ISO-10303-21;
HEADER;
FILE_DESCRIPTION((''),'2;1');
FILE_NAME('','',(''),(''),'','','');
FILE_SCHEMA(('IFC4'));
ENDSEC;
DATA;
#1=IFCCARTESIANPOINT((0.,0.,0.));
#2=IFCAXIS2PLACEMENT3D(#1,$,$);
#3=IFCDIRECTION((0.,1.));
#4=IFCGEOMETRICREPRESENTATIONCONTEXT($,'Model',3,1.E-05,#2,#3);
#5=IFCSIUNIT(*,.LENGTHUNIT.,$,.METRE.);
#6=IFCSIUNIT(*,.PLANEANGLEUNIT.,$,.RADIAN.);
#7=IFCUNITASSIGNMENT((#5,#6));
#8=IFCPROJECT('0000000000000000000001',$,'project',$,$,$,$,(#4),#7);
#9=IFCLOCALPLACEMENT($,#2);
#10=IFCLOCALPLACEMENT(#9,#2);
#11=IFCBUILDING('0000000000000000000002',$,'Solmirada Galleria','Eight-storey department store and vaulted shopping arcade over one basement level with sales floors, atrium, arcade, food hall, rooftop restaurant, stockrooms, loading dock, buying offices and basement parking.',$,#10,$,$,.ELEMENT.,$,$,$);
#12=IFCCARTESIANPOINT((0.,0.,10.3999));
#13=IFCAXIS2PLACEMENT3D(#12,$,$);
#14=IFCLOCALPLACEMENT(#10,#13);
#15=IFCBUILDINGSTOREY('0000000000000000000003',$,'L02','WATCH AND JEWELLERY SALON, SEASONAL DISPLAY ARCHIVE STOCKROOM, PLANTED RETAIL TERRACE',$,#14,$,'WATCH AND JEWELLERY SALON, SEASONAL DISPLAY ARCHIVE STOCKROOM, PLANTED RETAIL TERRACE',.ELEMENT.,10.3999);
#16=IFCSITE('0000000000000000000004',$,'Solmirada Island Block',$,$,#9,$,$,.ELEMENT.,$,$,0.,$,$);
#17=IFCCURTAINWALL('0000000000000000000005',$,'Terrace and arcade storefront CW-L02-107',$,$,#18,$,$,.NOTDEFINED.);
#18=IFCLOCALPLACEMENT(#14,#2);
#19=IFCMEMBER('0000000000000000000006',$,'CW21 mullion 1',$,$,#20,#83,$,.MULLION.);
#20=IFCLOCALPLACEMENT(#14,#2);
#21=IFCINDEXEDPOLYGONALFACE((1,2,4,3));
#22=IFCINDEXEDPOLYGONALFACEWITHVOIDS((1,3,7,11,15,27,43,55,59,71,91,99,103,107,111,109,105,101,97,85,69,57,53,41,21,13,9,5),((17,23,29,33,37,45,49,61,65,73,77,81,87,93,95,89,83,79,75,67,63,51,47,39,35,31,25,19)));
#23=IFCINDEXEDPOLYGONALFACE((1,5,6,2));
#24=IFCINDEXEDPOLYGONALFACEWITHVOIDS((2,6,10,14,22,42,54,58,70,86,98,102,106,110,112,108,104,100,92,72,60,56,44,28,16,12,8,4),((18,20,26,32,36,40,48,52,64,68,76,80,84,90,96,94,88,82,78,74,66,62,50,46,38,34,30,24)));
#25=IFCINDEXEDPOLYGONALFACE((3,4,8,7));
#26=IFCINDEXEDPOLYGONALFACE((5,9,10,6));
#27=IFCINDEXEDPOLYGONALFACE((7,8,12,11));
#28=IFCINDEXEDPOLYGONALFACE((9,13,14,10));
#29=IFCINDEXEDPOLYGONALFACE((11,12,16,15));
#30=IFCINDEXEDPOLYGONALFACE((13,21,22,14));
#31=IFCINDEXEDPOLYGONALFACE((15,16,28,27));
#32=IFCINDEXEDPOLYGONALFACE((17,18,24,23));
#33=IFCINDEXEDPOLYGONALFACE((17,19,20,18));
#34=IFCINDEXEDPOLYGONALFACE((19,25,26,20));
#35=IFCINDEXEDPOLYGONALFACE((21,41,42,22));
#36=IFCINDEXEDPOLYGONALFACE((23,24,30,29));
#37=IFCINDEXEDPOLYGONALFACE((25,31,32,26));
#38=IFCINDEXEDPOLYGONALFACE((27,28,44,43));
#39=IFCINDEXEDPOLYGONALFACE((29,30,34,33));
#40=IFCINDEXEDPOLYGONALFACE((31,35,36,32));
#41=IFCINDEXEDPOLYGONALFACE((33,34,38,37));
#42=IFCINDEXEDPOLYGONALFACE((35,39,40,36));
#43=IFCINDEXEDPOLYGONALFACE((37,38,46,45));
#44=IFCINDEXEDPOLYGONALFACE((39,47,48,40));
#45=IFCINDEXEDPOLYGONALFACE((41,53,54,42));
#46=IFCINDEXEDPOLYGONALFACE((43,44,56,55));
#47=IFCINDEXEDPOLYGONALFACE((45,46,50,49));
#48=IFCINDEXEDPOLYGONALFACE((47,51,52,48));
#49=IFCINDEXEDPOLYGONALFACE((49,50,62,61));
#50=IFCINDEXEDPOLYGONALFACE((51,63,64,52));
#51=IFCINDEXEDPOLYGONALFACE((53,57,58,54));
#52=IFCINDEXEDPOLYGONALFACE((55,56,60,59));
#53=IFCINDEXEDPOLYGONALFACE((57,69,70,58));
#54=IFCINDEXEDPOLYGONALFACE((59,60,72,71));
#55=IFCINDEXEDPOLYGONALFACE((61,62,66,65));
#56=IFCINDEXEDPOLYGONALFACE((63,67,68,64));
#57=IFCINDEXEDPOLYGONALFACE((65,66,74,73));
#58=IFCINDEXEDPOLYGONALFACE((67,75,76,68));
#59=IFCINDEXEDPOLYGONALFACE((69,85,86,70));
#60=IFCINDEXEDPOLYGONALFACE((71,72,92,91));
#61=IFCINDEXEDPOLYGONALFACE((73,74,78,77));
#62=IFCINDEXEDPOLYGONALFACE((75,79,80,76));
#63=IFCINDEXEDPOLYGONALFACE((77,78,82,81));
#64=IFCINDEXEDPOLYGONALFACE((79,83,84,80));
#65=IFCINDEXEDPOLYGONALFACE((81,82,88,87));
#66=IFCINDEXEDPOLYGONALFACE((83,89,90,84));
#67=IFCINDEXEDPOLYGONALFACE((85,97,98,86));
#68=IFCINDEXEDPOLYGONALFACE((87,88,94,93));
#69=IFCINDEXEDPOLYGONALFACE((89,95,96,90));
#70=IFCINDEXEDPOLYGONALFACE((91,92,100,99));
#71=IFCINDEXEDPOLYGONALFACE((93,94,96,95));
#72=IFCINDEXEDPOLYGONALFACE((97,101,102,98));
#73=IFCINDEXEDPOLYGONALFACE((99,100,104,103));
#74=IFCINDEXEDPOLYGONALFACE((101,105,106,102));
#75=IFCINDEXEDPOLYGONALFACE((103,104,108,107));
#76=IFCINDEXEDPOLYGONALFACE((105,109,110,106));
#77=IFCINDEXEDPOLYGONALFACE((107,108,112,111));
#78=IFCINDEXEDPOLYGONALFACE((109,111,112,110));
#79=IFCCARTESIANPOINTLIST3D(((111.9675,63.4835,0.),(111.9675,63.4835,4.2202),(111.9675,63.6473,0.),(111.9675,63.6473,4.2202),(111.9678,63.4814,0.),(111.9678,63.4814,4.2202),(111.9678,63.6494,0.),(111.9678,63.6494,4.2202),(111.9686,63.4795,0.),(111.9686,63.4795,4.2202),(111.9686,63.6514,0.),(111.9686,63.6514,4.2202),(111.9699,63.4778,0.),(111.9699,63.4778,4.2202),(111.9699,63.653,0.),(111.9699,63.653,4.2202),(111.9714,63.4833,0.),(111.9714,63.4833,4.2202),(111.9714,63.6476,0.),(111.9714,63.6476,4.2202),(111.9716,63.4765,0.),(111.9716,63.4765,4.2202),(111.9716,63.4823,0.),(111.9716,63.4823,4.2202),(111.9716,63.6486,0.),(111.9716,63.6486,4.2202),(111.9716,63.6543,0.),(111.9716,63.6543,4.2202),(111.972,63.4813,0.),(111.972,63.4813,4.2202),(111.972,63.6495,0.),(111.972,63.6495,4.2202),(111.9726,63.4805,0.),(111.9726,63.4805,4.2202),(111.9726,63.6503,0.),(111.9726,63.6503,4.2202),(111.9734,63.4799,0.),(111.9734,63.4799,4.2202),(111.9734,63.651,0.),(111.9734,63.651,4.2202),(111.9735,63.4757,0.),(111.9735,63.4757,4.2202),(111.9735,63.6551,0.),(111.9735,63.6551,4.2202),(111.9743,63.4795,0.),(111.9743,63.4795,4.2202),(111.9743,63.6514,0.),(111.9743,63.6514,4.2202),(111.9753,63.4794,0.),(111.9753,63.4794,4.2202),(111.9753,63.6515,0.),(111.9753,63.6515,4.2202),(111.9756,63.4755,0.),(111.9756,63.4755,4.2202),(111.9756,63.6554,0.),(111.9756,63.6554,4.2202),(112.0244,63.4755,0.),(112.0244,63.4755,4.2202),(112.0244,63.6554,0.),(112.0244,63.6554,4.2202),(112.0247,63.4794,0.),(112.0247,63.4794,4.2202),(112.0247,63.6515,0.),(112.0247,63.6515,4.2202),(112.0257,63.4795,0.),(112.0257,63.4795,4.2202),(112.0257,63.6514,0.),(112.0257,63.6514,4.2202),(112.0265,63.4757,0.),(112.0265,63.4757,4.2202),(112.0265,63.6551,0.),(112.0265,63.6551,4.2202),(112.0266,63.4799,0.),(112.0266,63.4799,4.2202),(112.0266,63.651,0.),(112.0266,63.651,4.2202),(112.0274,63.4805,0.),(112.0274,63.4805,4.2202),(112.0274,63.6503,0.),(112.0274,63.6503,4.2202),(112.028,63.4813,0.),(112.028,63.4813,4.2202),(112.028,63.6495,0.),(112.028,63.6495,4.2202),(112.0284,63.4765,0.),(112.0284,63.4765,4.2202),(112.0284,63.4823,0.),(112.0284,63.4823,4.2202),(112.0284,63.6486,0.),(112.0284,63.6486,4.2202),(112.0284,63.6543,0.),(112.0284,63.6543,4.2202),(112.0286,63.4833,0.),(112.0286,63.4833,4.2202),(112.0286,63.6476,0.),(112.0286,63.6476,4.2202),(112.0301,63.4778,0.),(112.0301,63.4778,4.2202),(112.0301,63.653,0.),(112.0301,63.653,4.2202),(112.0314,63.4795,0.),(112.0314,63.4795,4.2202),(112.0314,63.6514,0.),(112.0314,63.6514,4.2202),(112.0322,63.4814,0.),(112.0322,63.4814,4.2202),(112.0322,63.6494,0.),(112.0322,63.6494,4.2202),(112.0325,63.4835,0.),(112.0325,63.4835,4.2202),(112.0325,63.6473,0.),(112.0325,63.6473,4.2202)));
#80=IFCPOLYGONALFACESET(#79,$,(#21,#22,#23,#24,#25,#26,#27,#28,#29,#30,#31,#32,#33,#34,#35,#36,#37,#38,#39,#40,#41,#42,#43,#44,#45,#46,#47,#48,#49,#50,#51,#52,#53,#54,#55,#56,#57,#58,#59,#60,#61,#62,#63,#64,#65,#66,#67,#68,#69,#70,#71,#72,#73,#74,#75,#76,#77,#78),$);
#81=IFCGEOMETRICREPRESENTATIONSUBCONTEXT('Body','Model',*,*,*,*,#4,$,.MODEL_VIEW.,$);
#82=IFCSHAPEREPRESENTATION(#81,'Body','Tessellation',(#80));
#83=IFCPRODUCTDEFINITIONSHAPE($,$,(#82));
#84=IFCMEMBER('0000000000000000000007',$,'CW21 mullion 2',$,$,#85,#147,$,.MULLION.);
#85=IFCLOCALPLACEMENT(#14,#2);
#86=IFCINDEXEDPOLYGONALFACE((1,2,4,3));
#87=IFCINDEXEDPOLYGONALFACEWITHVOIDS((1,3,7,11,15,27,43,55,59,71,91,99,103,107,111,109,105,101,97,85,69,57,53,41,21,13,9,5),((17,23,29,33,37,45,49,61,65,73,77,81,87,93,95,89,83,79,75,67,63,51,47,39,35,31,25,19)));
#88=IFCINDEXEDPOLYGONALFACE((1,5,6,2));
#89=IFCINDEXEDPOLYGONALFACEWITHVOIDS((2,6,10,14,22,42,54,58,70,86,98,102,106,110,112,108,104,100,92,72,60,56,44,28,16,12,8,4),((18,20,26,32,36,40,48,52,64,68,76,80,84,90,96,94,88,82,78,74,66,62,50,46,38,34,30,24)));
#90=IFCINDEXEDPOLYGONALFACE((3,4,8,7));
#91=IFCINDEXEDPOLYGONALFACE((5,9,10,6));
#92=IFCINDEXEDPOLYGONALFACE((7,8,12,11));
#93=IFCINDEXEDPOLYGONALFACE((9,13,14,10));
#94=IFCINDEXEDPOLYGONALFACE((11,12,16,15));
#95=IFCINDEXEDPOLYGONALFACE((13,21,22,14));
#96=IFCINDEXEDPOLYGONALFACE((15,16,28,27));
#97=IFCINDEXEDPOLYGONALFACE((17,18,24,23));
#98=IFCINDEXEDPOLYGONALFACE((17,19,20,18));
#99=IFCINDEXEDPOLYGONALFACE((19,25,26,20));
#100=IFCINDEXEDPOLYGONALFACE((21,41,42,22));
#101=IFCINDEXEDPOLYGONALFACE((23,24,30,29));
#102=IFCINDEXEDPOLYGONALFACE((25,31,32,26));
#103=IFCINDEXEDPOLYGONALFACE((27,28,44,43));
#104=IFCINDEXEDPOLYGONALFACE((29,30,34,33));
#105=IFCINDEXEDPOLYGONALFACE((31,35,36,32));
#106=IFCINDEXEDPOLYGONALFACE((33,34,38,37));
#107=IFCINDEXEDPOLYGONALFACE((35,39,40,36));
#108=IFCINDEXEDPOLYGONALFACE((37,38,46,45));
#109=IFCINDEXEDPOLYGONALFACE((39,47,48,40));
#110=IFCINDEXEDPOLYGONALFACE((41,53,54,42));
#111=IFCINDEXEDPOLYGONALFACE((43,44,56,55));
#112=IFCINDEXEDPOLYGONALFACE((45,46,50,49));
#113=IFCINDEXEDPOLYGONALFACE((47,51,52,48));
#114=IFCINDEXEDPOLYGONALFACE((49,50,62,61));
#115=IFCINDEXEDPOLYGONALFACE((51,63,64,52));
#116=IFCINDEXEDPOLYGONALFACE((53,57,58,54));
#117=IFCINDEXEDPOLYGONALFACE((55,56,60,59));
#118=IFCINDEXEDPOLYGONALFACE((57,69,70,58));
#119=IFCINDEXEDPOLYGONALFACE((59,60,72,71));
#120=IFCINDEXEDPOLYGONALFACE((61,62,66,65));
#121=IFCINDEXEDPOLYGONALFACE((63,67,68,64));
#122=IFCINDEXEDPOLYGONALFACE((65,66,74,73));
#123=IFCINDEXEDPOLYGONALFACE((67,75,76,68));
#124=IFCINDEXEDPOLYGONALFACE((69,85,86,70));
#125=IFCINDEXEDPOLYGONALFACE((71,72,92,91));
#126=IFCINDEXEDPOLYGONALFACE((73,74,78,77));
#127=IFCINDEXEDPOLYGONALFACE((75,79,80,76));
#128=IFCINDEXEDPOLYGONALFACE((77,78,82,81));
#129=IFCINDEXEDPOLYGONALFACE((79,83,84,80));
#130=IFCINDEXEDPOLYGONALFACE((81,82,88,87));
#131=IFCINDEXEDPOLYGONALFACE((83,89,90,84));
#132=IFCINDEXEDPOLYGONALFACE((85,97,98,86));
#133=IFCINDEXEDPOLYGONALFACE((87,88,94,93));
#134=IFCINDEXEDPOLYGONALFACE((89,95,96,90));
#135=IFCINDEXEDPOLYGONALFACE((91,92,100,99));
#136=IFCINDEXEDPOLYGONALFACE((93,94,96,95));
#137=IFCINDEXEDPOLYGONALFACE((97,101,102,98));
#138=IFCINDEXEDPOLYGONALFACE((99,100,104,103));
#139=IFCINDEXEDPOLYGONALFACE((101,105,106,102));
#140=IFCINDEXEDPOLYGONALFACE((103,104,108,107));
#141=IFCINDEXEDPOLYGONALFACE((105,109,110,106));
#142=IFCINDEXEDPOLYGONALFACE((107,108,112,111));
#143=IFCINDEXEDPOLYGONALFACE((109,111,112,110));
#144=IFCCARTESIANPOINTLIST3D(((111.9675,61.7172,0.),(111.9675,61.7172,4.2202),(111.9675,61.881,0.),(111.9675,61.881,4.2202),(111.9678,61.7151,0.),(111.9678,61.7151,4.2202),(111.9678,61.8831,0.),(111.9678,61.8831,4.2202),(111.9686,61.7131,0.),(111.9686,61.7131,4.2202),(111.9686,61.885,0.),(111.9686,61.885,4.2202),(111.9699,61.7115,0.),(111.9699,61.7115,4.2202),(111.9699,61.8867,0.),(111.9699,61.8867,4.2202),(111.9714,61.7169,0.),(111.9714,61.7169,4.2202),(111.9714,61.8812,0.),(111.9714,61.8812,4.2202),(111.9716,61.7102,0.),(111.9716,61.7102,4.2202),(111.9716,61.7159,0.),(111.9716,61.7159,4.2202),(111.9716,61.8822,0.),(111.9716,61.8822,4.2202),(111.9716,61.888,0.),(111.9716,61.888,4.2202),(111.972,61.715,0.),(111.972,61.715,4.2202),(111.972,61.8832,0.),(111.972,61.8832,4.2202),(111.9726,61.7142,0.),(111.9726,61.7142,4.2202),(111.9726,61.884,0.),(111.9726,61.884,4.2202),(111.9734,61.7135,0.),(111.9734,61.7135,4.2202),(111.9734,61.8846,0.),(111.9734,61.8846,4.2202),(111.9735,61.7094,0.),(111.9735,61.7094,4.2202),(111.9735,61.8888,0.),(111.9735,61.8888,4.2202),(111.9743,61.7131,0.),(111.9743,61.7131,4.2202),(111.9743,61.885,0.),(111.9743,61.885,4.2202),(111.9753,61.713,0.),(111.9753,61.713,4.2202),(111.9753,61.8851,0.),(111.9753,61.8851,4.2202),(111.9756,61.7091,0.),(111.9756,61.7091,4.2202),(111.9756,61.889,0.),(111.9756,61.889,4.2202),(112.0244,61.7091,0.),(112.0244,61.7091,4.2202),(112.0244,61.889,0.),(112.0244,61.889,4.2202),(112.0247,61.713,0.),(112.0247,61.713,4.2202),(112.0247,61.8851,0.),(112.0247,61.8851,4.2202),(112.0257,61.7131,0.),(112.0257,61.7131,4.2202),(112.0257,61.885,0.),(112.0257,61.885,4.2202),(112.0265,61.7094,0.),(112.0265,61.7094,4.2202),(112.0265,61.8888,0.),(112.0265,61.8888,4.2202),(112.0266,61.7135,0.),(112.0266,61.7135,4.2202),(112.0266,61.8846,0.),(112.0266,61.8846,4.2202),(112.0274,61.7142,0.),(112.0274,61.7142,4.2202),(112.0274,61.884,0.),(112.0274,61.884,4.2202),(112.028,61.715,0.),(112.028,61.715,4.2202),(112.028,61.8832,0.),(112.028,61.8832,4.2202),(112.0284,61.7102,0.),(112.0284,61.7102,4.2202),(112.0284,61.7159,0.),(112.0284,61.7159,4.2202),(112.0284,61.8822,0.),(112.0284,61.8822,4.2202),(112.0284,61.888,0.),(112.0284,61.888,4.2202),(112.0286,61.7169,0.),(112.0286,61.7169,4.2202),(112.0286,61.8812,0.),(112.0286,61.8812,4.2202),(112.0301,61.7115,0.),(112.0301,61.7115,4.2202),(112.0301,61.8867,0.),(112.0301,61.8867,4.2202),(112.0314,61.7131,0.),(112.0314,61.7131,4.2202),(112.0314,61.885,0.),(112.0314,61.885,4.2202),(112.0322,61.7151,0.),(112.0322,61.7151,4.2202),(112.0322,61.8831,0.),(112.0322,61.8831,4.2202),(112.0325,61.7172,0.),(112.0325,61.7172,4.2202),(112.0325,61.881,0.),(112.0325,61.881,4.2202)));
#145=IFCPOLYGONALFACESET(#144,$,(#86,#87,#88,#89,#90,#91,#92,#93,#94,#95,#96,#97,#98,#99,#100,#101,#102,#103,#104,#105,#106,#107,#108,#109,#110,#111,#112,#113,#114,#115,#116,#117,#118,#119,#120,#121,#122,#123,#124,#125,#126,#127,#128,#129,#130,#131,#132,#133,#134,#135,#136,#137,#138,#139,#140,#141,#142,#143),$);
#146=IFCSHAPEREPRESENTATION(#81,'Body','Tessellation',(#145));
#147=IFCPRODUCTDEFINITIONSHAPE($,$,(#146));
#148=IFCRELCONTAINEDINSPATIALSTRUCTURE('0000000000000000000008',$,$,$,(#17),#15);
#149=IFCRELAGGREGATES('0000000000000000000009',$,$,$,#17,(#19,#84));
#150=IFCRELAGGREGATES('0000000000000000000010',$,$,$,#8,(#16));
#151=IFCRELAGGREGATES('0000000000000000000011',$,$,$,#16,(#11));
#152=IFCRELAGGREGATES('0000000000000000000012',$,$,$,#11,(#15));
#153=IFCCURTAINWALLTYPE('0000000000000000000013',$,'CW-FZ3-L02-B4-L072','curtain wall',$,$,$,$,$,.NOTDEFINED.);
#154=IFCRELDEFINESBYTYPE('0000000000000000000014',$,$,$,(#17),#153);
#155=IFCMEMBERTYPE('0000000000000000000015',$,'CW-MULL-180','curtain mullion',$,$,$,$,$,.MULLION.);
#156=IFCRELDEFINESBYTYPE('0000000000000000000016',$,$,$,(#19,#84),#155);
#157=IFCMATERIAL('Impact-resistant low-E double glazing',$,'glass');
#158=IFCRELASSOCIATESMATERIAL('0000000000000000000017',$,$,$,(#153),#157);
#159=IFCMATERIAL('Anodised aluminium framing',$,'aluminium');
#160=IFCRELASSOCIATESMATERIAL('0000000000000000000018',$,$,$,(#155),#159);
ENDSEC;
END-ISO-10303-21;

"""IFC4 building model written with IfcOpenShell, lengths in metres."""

from ifc_helpers import new_model, si_unit, direction, frame, origin, origin_2d, place, context, subcontext, project, spatial, hollow_rectangle, extrude, material, material_profile, profile_set, type_object, element, aggregate, save


model = new_model("IFC4")

# Units and contexts
model_context = context("Model", 3, precision=1e-05, world=origin(), true_north=direction((0.0, 1.0)))
body_context = subcontext(model_context, "Body", "Model", "MODEL_VIEW")
ifc_project = project(units=[si_unit("LENGTHUNIT", "METRE"), si_unit("PLANEANGLEUNIT", "RADIAN")], contexts=[model_context])

# Site, building, storey
site_placement = place(None, origin())
site = spatial("IfcSite", under=ifc_project, at=site_placement, Name="Solmirada Island Block", CompositionType="ELEMENT", RefElevation=0.0)
building_placement = place(site_placement, origin())
building = spatial("IfcBuilding", under=site, at=building_placement, Name="Solmirada Galleria", Description="Eight-storey department store and vaulted shopping arcade over one basement level with sales floors, atrium, arcade, food hall, rooftop restaurant, stockrooms, loading dock, buying offices and basement parking.", CompositionType="ELEMENT")
storey_placement = place(building_placement, frame((0.0, 0.0, 10.3999)))
storey = spatial("IfcBuildingStorey", under=building, at=storey_placement, Name="L02", Description="WATCH AND JEWELLERY SALON, SEASONAL DISPLAY ARCHIVE STOCKROOM, PLANTED RETAIL TERRACE", LongName="WATCH AND JEWELLERY SALON, SEASONAL DISPLAY ARCHIVE STOCKROOM, PLANTED RETAIL TERRACE", CompositionType="ELEMENT", Elevation=10.3999)

# Curtain wall, members
ifc_material_1 = material(Name="Impact-resistant low-E double glazing", Category="glass")
curtain_wall_type_1 = type_object("IfcCurtainWallType", Name="CW-FZ3-L02-B4-L072", Description="curtain wall", PredefinedType="NOTDEFINED", material=ifc_material_1)
curtain_wall_1_placement = place(storey_placement, origin())
curtain_wall_1 = element("IfcCurtainWall", 1, at=curtain_wall_1_placement, inside=storey, type_object=curtain_wall_type_1, Name="Terrace and arcade storefront CW-L02-107", PredefinedType="NOTDEFINED")
ifc_material_2 = material(Name="Anodised aluminium framing", Category="aluminium")
ifc_material_profile_1 = material_profile(ifc_material_2, hollow_rectangle(XDim=0.0649, YDim=0.1799, WallThickness=0.0039, InnerFilletRadius=0.0039, OuterFilletRadius=0.0081, at=origin_2d()), Name="ALU-MULL-180X65")
ifc_profile_set_1 = profile_set([ifc_material_profile_1], Name="Anodised aluminium framing")
member_type_1 = type_object("IfcMemberType", Name="CW-MULL-180", Description="curtain mullion", PredefinedType="MULLION", material=ifc_profile_set_1)
member_1_placement = place(storey_placement, frame((112.0, 63.5654, 0.0), z_axis=(0.0, 0.0, 1.0), x_axis=(1.0, 0.0, 0.0)))
member_1 = element("IfcMember", 2, at=member_1_placement, type_object=member_type_1, Name="CW21 mullion 1", PredefinedType="MULLION", context=body_context, shape_type="SweptSolid", body=[
    extrude(hollow_rectangle(XDim=0.0649, YDim=0.1799, WallThickness=0.0039, InnerFilletRadius=0.0039, OuterFilletRadius=0.0081, at=origin_2d()), origin(), (0.0, 0.0, 1.0), 4.2202),
])
member_2_placement = place(storey_placement, frame((112.0, 61.7991, 0.0), z_axis=(0.0, 0.0, 1.0), x_axis=(1.0, 0.0, 0.0)))
member_2 = element("IfcMember", 3, at=member_2_placement, type_object=member_type_1, Name="CW21 mullion 2", PredefinedType="MULLION", context=body_context, shape_type="SweptSolid", body=[
    extrude(hollow_rectangle(XDim=0.0649, YDim=0.1799, WallThickness=0.0039, InnerFilletRadius=0.0039, OuterFilletRadius=0.0081, at=origin_2d()), origin(), (0.0, 0.0, 1.0), 4.2202),
])

aggregate(curtain_wall_1, [member_1, member_2])

save(model, "model.ifc")
